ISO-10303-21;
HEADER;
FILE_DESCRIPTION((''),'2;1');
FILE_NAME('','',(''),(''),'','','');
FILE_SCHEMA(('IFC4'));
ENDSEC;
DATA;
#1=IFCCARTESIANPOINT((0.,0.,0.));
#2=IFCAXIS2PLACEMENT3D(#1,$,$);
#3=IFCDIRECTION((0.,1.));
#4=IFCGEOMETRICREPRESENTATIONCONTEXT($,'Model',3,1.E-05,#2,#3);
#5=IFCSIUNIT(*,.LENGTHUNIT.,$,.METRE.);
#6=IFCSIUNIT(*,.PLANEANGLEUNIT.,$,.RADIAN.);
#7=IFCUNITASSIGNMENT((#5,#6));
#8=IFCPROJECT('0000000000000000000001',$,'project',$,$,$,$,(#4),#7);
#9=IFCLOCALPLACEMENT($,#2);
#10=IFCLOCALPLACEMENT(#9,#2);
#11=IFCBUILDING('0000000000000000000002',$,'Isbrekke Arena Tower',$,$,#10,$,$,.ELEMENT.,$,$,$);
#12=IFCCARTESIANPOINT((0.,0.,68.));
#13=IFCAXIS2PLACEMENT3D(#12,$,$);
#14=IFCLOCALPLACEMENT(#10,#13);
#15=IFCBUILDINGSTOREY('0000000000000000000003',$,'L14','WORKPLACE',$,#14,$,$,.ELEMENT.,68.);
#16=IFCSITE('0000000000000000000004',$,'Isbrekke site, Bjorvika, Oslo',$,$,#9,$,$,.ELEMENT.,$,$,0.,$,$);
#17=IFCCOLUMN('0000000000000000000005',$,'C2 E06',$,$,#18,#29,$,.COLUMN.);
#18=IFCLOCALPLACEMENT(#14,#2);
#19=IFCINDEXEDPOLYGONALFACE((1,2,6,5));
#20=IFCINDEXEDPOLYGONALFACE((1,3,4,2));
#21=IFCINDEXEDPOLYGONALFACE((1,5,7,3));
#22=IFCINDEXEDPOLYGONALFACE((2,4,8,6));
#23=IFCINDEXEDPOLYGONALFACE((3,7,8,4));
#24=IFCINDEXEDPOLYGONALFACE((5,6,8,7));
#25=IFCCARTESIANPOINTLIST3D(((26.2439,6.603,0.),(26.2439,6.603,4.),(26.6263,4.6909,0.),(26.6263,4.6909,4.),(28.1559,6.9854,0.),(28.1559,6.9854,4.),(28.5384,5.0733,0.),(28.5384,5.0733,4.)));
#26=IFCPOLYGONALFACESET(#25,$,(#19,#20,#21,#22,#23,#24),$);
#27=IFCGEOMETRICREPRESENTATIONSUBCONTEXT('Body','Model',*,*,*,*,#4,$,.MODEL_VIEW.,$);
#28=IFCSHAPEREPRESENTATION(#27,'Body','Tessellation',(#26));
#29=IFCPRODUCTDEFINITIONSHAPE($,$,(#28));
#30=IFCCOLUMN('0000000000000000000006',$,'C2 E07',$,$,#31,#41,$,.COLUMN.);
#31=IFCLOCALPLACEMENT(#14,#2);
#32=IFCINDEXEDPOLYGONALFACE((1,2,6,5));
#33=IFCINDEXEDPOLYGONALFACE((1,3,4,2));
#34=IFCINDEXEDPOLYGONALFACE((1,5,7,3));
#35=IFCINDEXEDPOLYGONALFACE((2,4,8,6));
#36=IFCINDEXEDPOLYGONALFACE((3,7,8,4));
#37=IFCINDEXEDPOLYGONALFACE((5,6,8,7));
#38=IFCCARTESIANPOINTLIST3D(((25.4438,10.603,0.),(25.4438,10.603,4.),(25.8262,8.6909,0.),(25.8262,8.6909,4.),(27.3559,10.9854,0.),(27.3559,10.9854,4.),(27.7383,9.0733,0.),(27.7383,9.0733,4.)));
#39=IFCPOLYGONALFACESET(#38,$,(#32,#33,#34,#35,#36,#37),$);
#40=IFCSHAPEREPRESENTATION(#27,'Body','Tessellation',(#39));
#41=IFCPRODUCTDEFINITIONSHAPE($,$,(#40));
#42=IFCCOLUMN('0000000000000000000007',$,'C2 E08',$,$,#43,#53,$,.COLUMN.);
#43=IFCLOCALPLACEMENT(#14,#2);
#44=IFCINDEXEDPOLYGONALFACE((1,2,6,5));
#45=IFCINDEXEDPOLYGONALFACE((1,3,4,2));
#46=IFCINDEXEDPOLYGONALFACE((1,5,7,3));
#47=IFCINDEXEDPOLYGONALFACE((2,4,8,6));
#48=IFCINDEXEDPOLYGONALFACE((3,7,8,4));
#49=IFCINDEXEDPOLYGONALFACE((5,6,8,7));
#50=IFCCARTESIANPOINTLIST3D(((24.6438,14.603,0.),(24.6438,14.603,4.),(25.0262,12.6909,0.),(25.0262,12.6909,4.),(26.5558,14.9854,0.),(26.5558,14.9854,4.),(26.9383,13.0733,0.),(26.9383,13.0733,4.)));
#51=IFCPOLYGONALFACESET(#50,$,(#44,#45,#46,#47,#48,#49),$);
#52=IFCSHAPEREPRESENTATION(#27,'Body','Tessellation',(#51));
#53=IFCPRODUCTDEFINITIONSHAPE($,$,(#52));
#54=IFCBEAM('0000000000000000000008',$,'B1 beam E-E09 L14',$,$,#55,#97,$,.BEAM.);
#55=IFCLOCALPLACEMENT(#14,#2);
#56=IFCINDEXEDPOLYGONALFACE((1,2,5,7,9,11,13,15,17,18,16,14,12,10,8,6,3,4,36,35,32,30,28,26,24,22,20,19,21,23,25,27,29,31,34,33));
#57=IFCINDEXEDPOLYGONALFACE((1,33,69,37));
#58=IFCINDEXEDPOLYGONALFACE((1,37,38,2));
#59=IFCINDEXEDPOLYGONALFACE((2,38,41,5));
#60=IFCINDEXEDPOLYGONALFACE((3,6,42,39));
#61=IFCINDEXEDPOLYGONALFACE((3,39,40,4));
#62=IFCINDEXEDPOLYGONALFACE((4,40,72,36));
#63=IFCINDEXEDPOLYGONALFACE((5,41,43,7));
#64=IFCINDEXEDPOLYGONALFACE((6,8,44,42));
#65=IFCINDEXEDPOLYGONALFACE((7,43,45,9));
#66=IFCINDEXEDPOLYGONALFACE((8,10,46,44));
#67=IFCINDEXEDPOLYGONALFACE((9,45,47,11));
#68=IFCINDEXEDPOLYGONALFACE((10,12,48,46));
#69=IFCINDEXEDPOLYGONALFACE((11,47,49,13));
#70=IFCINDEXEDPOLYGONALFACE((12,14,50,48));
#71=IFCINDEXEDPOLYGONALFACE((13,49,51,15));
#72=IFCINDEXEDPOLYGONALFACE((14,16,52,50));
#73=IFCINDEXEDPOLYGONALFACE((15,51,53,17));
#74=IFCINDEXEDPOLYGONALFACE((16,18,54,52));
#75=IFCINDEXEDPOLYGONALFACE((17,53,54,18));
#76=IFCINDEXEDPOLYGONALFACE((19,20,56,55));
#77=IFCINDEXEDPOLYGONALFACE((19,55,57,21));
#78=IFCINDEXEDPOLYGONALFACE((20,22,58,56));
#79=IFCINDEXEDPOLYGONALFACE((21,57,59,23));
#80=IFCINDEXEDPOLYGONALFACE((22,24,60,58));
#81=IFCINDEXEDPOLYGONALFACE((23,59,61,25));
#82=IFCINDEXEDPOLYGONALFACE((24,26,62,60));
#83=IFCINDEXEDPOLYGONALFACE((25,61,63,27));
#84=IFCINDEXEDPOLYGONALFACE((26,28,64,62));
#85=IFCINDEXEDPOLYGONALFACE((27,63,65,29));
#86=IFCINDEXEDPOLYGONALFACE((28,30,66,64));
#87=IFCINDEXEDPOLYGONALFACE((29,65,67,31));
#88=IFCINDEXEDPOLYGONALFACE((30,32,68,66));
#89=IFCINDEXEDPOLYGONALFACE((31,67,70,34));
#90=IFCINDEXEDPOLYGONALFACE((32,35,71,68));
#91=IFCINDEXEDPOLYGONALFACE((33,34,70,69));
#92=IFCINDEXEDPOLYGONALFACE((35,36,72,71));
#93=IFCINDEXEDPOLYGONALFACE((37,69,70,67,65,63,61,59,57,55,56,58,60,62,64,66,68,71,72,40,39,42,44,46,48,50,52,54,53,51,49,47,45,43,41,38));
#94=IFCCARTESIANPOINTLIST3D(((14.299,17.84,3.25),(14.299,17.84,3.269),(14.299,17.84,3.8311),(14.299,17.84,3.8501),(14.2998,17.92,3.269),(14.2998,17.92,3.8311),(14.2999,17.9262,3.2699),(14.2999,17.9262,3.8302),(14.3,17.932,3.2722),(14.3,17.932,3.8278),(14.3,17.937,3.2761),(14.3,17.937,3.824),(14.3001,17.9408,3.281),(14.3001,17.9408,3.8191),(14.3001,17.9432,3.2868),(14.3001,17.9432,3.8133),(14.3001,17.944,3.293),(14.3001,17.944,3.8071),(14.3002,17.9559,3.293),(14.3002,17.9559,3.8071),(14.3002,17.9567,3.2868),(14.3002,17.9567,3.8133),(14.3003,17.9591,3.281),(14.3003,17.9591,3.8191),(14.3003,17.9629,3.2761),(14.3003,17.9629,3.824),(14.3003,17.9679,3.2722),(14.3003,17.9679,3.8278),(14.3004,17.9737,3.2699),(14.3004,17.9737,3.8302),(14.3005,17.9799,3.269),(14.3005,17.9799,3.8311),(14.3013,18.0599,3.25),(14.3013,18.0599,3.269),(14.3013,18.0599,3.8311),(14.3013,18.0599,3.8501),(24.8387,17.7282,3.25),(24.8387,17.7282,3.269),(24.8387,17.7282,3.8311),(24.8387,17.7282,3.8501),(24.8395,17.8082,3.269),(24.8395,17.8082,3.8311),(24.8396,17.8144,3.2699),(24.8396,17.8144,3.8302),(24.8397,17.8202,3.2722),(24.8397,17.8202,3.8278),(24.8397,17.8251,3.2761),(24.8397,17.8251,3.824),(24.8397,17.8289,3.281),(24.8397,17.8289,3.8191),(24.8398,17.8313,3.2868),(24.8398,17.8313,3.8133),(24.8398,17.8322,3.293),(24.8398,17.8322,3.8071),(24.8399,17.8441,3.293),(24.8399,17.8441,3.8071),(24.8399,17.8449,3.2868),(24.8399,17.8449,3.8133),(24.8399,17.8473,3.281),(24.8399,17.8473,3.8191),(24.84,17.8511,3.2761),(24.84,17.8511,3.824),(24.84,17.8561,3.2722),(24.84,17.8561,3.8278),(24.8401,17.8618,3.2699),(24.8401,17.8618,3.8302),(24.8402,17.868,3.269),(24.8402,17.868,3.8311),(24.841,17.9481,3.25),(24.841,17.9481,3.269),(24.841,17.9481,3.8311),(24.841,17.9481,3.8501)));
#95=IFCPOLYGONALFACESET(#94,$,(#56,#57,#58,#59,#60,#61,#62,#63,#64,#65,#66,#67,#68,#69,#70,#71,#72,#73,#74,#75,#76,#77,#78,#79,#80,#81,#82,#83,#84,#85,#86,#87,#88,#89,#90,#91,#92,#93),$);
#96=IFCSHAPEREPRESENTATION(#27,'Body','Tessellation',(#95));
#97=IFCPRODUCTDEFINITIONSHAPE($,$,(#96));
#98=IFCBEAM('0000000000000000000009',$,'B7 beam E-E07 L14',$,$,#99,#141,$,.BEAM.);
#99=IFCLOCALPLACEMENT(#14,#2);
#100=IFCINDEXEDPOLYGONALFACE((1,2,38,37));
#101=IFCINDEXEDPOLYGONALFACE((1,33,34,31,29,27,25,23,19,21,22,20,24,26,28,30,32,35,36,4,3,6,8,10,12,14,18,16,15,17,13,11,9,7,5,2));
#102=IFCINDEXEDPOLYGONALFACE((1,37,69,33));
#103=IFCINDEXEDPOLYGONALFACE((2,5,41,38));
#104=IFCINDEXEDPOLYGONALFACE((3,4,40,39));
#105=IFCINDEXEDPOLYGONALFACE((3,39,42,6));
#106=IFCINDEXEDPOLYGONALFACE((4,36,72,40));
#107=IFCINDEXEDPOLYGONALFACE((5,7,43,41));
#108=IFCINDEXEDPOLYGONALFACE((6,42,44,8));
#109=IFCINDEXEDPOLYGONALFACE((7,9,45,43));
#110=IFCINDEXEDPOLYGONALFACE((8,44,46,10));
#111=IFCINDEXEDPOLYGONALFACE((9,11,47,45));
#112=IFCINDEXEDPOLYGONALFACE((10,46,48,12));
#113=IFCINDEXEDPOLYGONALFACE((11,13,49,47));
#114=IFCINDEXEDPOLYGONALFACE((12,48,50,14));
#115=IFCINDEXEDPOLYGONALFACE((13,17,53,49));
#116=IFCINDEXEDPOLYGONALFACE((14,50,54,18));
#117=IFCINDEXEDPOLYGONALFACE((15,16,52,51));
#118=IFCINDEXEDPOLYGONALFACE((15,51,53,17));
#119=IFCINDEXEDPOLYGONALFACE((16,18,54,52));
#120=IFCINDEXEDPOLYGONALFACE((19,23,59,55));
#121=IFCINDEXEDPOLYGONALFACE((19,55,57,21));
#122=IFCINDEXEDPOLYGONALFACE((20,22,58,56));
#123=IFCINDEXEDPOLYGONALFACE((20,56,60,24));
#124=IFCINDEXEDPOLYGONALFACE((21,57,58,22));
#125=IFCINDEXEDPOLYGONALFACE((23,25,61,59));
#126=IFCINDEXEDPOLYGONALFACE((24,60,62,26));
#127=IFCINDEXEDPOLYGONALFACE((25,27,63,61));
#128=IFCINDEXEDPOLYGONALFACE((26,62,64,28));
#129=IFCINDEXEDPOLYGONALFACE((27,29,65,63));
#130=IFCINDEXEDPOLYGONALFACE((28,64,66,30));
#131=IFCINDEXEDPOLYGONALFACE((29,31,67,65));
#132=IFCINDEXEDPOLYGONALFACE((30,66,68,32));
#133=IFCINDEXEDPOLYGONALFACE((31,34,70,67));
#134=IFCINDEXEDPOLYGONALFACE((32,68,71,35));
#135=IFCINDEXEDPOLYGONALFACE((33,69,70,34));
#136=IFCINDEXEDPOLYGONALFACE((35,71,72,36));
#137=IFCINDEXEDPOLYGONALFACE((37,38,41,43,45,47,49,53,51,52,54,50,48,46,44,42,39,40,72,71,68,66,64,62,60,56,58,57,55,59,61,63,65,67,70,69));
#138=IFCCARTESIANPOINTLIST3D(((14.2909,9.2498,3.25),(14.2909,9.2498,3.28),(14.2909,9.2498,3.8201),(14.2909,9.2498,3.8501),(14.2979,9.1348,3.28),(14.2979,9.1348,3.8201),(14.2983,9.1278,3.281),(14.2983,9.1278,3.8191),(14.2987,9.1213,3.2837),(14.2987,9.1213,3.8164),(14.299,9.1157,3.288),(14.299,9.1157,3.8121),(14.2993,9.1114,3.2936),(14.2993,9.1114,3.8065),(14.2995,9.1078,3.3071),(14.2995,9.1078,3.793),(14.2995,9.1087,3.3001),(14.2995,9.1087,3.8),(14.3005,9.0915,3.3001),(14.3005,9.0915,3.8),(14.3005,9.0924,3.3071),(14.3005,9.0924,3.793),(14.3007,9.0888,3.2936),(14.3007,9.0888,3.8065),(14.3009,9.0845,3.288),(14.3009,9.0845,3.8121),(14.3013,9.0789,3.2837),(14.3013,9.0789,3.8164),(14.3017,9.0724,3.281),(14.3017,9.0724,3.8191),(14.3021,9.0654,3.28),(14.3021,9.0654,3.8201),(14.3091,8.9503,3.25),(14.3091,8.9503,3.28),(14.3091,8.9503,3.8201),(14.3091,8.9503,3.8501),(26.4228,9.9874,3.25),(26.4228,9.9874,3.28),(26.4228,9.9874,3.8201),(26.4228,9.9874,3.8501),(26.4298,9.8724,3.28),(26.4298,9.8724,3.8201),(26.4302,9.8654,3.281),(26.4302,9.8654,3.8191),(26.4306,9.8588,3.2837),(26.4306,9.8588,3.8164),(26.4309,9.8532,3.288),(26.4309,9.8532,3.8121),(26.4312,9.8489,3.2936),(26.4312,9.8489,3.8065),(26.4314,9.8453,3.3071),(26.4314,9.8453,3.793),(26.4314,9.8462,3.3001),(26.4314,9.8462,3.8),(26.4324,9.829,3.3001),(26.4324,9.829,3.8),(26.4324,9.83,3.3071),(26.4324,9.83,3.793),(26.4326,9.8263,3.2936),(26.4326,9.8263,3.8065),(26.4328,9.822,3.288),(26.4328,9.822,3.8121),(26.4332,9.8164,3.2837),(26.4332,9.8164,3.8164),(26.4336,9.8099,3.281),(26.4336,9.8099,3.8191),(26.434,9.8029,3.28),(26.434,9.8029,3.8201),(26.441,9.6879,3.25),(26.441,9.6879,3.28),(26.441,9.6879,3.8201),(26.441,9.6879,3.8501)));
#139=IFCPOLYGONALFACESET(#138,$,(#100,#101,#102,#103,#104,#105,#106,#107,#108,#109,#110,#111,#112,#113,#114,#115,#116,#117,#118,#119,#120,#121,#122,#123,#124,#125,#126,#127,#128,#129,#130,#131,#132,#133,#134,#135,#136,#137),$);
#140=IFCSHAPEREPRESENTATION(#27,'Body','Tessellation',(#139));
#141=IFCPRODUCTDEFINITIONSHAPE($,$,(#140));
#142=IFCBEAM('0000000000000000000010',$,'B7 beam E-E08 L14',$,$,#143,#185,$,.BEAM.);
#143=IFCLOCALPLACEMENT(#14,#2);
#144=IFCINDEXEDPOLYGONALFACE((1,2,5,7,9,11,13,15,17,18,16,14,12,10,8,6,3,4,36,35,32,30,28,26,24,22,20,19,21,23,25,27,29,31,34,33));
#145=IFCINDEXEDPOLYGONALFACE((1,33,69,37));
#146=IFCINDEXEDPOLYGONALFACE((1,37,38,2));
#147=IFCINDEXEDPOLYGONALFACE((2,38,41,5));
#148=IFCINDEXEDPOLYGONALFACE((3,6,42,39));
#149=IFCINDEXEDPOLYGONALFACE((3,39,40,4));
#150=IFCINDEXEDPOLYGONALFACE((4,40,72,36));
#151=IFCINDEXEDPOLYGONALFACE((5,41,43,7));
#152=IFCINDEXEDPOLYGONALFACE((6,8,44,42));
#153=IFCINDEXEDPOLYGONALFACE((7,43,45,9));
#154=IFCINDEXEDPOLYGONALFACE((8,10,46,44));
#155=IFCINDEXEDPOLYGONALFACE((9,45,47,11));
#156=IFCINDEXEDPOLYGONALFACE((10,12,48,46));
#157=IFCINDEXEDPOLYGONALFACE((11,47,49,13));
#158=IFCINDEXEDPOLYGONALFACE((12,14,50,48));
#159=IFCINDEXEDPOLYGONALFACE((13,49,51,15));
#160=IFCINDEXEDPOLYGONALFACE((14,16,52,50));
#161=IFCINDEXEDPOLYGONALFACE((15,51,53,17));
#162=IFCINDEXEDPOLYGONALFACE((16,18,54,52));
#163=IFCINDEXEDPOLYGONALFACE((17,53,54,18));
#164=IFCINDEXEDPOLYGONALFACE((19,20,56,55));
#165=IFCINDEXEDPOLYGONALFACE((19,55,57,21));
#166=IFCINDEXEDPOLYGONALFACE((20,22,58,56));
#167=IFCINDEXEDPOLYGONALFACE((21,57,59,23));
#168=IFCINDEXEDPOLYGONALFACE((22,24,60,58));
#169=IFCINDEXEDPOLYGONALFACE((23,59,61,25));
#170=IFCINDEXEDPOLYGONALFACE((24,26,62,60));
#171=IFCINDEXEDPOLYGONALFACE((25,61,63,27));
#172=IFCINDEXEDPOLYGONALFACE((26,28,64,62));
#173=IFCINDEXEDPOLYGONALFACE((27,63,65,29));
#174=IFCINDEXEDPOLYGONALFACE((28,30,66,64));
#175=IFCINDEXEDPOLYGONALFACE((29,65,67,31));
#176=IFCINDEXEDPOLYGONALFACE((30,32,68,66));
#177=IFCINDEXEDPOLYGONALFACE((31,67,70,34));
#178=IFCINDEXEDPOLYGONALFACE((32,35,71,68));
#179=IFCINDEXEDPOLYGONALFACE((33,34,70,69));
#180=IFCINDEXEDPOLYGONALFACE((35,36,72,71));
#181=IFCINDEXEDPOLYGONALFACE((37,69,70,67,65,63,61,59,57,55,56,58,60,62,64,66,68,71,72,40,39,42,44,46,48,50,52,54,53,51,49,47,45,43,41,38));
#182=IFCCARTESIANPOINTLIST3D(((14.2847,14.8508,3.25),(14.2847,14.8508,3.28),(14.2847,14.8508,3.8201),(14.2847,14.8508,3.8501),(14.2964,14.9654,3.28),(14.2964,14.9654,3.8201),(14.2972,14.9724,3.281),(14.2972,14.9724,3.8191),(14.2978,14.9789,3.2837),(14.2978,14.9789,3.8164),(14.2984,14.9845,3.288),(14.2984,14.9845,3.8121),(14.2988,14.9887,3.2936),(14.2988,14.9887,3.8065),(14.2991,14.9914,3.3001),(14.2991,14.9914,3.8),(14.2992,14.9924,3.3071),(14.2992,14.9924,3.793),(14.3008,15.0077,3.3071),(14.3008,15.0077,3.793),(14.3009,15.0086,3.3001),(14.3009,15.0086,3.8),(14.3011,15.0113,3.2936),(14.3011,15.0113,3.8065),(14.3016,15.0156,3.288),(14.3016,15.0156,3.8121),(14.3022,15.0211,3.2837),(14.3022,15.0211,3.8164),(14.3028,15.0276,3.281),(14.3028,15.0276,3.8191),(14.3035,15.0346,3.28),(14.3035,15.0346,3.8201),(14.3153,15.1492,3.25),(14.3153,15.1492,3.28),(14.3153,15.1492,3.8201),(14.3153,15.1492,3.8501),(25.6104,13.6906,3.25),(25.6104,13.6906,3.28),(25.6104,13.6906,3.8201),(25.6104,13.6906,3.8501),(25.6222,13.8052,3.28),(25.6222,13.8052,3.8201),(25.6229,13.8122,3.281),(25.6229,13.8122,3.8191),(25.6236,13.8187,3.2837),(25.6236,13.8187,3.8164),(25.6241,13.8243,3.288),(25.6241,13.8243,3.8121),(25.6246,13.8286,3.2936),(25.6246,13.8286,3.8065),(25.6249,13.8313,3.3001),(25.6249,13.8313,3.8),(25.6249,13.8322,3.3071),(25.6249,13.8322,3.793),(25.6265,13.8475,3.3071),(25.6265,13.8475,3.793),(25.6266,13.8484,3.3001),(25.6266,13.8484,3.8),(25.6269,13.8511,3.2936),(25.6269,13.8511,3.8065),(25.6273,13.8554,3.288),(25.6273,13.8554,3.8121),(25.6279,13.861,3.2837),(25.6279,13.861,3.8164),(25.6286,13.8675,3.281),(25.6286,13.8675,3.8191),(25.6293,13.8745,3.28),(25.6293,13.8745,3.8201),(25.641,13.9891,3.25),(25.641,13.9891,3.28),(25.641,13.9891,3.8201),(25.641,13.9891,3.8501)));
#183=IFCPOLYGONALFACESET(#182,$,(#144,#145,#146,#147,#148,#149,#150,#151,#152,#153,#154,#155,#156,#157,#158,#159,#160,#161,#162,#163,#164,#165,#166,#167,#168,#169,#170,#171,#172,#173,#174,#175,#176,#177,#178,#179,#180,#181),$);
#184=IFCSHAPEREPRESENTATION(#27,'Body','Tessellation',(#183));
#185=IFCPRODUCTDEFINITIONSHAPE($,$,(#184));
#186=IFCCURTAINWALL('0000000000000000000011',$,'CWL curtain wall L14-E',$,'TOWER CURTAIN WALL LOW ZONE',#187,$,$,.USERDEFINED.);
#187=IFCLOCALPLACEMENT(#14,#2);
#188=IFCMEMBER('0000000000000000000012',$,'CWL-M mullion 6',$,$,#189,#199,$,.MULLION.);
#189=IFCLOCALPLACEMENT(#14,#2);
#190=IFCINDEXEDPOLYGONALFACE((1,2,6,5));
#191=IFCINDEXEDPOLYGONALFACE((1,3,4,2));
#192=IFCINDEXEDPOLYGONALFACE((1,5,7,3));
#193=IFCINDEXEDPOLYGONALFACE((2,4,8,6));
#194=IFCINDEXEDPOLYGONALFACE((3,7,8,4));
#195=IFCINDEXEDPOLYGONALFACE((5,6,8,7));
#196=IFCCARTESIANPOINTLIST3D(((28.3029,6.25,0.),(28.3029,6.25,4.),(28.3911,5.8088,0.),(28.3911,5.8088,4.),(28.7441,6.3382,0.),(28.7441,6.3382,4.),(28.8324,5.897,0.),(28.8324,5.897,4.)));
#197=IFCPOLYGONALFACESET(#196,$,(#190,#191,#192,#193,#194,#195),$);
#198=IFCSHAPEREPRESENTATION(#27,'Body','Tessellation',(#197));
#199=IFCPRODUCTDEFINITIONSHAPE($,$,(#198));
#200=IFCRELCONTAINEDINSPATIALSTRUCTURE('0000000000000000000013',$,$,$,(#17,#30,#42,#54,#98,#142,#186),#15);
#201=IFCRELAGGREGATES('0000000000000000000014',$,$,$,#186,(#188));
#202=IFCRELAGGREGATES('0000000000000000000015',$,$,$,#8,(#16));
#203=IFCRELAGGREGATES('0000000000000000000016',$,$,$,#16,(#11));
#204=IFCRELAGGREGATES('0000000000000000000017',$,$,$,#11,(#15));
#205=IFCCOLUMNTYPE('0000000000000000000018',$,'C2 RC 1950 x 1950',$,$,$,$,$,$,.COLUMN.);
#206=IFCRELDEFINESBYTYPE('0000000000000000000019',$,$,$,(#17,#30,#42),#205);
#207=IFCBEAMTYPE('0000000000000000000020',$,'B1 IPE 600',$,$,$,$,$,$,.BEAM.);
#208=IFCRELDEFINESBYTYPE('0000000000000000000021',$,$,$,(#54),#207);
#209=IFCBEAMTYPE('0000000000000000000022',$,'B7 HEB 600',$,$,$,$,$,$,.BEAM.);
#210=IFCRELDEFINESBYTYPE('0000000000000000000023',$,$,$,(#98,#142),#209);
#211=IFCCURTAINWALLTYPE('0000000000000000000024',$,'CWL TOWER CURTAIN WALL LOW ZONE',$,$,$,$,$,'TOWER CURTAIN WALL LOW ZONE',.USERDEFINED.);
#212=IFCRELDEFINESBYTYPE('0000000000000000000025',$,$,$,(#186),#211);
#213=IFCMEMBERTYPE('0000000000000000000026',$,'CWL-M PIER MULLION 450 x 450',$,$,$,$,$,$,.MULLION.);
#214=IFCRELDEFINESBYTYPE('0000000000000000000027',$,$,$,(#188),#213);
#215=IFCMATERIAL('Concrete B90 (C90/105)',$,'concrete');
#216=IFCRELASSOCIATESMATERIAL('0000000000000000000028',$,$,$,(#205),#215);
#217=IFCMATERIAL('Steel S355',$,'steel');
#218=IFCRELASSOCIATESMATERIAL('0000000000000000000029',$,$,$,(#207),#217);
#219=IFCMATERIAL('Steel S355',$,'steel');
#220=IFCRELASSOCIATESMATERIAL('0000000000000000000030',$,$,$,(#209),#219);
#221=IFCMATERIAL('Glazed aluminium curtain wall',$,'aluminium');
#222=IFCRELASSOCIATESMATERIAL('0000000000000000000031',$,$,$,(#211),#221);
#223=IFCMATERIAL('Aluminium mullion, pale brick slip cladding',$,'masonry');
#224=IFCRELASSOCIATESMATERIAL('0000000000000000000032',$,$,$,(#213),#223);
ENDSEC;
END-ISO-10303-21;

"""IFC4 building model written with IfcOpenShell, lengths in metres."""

from ifc_helpers import new_model, si_unit, direction, frame, origin, origin_2d, place, context, subcontext, project, spatial, rectangle, i_section, extrude, material, material_profile, profile_set, type_object, element, aggregate, save


model = new_model("IFC4")

# Units and contexts
model_context = context("Model", 3, precision=1e-05, world=origin(), true_north=direction((0.0, 1.0)))
body_context = subcontext(model_context, "Body", "Model", "MODEL_VIEW")
ifc_project = project(units=[si_unit("LENGTHUNIT", "METRE"), si_unit("PLANEANGLEUNIT", "RADIAN")], contexts=[model_context])

# Site, building, storey
site_placement = place(None, origin())
site = spatial("IfcSite", under=ifc_project, at=site_placement, Name="Isbrekke site, Bjorvika, Oslo", CompositionType="ELEMENT", RefElevation=0.0)
building_placement = place(site_placement, origin())
building = spatial("IfcBuilding", under=site, at=building_placement, Name="Isbrekke Arena Tower", CompositionType="ELEMENT")
storey_placement = place(building_placement, frame((0.0, 0.0, 68.0)))
storey = spatial("IfcBuildingStorey", under=building, at=storey_placement, Name="L14", Description="WORKPLACE", CompositionType="ELEMENT", Elevation=68.0)

# Columns
ifc_material_1 = material(Name="Concrete B90 (C90/105)", Category="concrete")
ifc_material_profile_1 = material_profile(ifc_material_1, rectangle(XDim=1.95, YDim=1.95, at=origin_2d()), Name="RC 1950x1950")
ifc_profile_set_1 = profile_set([ifc_material_profile_1], Name="Concrete B90 (C90/105)")
column_type = type_object("IfcColumnType", Name="C2 RC 1950 x 1950", PredefinedType="COLUMN", material=ifc_profile_set_1)
for number, where, z_axis, x_axis, name in (
    (1, (27.3911, 5.8381, 0.0), (0.0, 0.0, 1.0), (-0.196116, 0.980581, 0.0), "C2 E06"),
    (2, (26.5911, 9.8381, 0.0), (0.0, 0.0, 1.0), (-0.196116, 0.980581, 0.0), "C2 E07"),
    (3, (25.791, 13.8381, 0.0), (0.0, 0.0, 1.0), (-0.196116, 0.980581, 0.0), "C2 E08"),
):
    element("IfcColumn", number, at=place(storey_placement, frame(where, z_axis=z_axis, x_axis=x_axis)), inside=storey, type_object=column_type, Name=name, PredefinedType="COLUMN", context=body_context, shape_type="SweptSolid", body=[
        extrude(rectangle(XDim=1.95, YDim=1.95, at=origin_2d()), origin(), (0.0, 0.0, 1.0), 4.0),
    ])

# Beams
ifc_material_2 = material(Name="Steel S355", Category="steel")
ifc_material_profile_2 = material_profile(ifc_material_2, i_section(OverallWidth=0.22, OverallDepth=0.6001, WebThickness=0.012, FlangeThickness=0.019, FilletRadius=0.0239, at=origin_2d()), Name="IPE 600")
ifc_profile_set_2 = profile_set([ifc_material_profile_2], Name="Steel S355")
beam_type_1 = type_object("IfcBeamType", Name="B1 IPE 600", PredefinedType="BEAM", material=ifc_profile_set_2)
beam_1_placement = place(storey_placement, frame((24.8398, 17.8381, 3.55), z_axis=(-0.999944, 0.010608, 0.0), x_axis=(-0.010608, -0.999944, 0.0)))
element("IfcBeam", 4, at=beam_1_placement, inside=storey, type_object=beam_type_1, Name="B1 beam E-E09 L14", PredefinedType="BEAM", context=body_context, shape_type="SweptSolid", body=[
    extrude(i_section(OverallWidth=0.22, OverallDepth=0.6001, WebThickness=0.012, FlangeThickness=0.019, FilletRadius=0.0239, at=origin_2d()), origin(), (0.0, 0.0, 1.0), 10.5403),
])
ifc_material_3 = material(Name="Steel S355", Category="steel")
ifc_material_profile_3 = material_profile(ifc_material_3, i_section(OverallWidth=0.3, OverallDepth=0.6001, WebThickness=0.0154, FlangeThickness=0.03, FilletRadius=0.0271, at=origin_2d()), Name="HEB 600")
ifc_profile_set_3 = profile_set([ifc_material_profile_3], Name="Steel S355")
beam_type_2 = type_object("IfcBeamType", Name="B7 HEB 600", PredefinedType="BEAM", material=ifc_profile_set_3)
beam_2_placement = place(storey_placement, frame((26.4319, 9.8376, 3.55), z_axis=(-0.998157, -0.060682, 0.0), x_axis=(0.060682, -0.998157, 0.0)))
element("IfcBeam", 5, at=beam_2_placement, inside=storey, type_object=beam_type_2, Name="B7 beam E-E07 L14", PredefinedType="BEAM", context=body_context, shape_type="SweptSolid", body=[
    extrude(i_section(OverallWidth=0.3, OverallDepth=0.6001, WebThickness=0.0154, FlangeThickness=0.03, FilletRadius=0.0271, at=origin_2d()), origin(), (0.0, 0.0, 1.0), 12.1543),
])
beam_3_placement = place(storey_placement, frame((25.6257, 13.8398, 3.55), z_axis=(-0.994794, 0.101903, 0.0), x_axis=(-0.101903, -0.994794, 0.0)))
element("IfcBeam", 6, at=beam_3_placement, inside=storey, type_object=beam_type_2, Name="B7 beam E-E08 L14", PredefinedType="BEAM", context=body_context, shape_type="SweptSolid", body=[
    extrude(i_section(OverallWidth=0.3, OverallDepth=0.6001, WebThickness=0.0154, FlangeThickness=0.03, FilletRadius=0.0271, at=origin_2d()), origin(), (0.0, 0.0, 1.0), 11.385),
])

# Curtain wall, member
ifc_material_4 = material(Name="Glazed aluminium curtain wall", Category="aluminium")
curtain_wall_type = type_object("IfcCurtainWallType", Name="CWL TOWER CURTAIN WALL LOW ZONE", ElementType="TOWER CURTAIN WALL LOW ZONE", PredefinedType="USERDEFINED", material=ifc_material_4)
curtain_wall_placement = place(storey_placement, origin())
curtain_wall = element("IfcCurtainWall", 7, at=curtain_wall_placement, inside=storey, type_object=curtain_wall_type, Name="CWL curtain wall L14-E", ObjectType="TOWER CURTAIN WALL LOW ZONE", PredefinedType="USERDEFINED")
ifc_material_5 = material(Name="Aluminium mullion, pale brick slip cladding", Category="masonry")
ifc_material_profile_4 = material_profile(ifc_material_5, rectangle(XDim=0.45, YDim=0.45, at=origin_2d()), Name="PIER 450X450")
ifc_profile_set_4 = profile_set([ifc_material_profile_4], Name="Aluminium mullion, pale brick slip cladding")
member_type_1 = type_object("IfcMemberType", Name="CWL-M PIER MULLION 450 x 450", PredefinedType="MULLION", material=ifc_profile_set_4)
member_1_placement = place(storey_placement, frame((28.5676, 6.0735, 0.0), z_axis=(0.0, 0.0, 1.0), x_axis=(-0.196116, 0.980581, 0.0)))
member_1 = element("IfcMember", 8, at=member_1_placement, type_object=member_type_1, Name="CWL-M mullion 6", PredefinedType="MULLION", context=body_context, shape_type="SweptSolid", body=[
    extrude(rectangle(XDim=0.45, YDim=0.45, at=origin_2d()), origin(), (0.0, 0.0, 1.0), 4.0),
])

aggregate(curtain_wall, [member_1])

save(model, "model.ifc")
